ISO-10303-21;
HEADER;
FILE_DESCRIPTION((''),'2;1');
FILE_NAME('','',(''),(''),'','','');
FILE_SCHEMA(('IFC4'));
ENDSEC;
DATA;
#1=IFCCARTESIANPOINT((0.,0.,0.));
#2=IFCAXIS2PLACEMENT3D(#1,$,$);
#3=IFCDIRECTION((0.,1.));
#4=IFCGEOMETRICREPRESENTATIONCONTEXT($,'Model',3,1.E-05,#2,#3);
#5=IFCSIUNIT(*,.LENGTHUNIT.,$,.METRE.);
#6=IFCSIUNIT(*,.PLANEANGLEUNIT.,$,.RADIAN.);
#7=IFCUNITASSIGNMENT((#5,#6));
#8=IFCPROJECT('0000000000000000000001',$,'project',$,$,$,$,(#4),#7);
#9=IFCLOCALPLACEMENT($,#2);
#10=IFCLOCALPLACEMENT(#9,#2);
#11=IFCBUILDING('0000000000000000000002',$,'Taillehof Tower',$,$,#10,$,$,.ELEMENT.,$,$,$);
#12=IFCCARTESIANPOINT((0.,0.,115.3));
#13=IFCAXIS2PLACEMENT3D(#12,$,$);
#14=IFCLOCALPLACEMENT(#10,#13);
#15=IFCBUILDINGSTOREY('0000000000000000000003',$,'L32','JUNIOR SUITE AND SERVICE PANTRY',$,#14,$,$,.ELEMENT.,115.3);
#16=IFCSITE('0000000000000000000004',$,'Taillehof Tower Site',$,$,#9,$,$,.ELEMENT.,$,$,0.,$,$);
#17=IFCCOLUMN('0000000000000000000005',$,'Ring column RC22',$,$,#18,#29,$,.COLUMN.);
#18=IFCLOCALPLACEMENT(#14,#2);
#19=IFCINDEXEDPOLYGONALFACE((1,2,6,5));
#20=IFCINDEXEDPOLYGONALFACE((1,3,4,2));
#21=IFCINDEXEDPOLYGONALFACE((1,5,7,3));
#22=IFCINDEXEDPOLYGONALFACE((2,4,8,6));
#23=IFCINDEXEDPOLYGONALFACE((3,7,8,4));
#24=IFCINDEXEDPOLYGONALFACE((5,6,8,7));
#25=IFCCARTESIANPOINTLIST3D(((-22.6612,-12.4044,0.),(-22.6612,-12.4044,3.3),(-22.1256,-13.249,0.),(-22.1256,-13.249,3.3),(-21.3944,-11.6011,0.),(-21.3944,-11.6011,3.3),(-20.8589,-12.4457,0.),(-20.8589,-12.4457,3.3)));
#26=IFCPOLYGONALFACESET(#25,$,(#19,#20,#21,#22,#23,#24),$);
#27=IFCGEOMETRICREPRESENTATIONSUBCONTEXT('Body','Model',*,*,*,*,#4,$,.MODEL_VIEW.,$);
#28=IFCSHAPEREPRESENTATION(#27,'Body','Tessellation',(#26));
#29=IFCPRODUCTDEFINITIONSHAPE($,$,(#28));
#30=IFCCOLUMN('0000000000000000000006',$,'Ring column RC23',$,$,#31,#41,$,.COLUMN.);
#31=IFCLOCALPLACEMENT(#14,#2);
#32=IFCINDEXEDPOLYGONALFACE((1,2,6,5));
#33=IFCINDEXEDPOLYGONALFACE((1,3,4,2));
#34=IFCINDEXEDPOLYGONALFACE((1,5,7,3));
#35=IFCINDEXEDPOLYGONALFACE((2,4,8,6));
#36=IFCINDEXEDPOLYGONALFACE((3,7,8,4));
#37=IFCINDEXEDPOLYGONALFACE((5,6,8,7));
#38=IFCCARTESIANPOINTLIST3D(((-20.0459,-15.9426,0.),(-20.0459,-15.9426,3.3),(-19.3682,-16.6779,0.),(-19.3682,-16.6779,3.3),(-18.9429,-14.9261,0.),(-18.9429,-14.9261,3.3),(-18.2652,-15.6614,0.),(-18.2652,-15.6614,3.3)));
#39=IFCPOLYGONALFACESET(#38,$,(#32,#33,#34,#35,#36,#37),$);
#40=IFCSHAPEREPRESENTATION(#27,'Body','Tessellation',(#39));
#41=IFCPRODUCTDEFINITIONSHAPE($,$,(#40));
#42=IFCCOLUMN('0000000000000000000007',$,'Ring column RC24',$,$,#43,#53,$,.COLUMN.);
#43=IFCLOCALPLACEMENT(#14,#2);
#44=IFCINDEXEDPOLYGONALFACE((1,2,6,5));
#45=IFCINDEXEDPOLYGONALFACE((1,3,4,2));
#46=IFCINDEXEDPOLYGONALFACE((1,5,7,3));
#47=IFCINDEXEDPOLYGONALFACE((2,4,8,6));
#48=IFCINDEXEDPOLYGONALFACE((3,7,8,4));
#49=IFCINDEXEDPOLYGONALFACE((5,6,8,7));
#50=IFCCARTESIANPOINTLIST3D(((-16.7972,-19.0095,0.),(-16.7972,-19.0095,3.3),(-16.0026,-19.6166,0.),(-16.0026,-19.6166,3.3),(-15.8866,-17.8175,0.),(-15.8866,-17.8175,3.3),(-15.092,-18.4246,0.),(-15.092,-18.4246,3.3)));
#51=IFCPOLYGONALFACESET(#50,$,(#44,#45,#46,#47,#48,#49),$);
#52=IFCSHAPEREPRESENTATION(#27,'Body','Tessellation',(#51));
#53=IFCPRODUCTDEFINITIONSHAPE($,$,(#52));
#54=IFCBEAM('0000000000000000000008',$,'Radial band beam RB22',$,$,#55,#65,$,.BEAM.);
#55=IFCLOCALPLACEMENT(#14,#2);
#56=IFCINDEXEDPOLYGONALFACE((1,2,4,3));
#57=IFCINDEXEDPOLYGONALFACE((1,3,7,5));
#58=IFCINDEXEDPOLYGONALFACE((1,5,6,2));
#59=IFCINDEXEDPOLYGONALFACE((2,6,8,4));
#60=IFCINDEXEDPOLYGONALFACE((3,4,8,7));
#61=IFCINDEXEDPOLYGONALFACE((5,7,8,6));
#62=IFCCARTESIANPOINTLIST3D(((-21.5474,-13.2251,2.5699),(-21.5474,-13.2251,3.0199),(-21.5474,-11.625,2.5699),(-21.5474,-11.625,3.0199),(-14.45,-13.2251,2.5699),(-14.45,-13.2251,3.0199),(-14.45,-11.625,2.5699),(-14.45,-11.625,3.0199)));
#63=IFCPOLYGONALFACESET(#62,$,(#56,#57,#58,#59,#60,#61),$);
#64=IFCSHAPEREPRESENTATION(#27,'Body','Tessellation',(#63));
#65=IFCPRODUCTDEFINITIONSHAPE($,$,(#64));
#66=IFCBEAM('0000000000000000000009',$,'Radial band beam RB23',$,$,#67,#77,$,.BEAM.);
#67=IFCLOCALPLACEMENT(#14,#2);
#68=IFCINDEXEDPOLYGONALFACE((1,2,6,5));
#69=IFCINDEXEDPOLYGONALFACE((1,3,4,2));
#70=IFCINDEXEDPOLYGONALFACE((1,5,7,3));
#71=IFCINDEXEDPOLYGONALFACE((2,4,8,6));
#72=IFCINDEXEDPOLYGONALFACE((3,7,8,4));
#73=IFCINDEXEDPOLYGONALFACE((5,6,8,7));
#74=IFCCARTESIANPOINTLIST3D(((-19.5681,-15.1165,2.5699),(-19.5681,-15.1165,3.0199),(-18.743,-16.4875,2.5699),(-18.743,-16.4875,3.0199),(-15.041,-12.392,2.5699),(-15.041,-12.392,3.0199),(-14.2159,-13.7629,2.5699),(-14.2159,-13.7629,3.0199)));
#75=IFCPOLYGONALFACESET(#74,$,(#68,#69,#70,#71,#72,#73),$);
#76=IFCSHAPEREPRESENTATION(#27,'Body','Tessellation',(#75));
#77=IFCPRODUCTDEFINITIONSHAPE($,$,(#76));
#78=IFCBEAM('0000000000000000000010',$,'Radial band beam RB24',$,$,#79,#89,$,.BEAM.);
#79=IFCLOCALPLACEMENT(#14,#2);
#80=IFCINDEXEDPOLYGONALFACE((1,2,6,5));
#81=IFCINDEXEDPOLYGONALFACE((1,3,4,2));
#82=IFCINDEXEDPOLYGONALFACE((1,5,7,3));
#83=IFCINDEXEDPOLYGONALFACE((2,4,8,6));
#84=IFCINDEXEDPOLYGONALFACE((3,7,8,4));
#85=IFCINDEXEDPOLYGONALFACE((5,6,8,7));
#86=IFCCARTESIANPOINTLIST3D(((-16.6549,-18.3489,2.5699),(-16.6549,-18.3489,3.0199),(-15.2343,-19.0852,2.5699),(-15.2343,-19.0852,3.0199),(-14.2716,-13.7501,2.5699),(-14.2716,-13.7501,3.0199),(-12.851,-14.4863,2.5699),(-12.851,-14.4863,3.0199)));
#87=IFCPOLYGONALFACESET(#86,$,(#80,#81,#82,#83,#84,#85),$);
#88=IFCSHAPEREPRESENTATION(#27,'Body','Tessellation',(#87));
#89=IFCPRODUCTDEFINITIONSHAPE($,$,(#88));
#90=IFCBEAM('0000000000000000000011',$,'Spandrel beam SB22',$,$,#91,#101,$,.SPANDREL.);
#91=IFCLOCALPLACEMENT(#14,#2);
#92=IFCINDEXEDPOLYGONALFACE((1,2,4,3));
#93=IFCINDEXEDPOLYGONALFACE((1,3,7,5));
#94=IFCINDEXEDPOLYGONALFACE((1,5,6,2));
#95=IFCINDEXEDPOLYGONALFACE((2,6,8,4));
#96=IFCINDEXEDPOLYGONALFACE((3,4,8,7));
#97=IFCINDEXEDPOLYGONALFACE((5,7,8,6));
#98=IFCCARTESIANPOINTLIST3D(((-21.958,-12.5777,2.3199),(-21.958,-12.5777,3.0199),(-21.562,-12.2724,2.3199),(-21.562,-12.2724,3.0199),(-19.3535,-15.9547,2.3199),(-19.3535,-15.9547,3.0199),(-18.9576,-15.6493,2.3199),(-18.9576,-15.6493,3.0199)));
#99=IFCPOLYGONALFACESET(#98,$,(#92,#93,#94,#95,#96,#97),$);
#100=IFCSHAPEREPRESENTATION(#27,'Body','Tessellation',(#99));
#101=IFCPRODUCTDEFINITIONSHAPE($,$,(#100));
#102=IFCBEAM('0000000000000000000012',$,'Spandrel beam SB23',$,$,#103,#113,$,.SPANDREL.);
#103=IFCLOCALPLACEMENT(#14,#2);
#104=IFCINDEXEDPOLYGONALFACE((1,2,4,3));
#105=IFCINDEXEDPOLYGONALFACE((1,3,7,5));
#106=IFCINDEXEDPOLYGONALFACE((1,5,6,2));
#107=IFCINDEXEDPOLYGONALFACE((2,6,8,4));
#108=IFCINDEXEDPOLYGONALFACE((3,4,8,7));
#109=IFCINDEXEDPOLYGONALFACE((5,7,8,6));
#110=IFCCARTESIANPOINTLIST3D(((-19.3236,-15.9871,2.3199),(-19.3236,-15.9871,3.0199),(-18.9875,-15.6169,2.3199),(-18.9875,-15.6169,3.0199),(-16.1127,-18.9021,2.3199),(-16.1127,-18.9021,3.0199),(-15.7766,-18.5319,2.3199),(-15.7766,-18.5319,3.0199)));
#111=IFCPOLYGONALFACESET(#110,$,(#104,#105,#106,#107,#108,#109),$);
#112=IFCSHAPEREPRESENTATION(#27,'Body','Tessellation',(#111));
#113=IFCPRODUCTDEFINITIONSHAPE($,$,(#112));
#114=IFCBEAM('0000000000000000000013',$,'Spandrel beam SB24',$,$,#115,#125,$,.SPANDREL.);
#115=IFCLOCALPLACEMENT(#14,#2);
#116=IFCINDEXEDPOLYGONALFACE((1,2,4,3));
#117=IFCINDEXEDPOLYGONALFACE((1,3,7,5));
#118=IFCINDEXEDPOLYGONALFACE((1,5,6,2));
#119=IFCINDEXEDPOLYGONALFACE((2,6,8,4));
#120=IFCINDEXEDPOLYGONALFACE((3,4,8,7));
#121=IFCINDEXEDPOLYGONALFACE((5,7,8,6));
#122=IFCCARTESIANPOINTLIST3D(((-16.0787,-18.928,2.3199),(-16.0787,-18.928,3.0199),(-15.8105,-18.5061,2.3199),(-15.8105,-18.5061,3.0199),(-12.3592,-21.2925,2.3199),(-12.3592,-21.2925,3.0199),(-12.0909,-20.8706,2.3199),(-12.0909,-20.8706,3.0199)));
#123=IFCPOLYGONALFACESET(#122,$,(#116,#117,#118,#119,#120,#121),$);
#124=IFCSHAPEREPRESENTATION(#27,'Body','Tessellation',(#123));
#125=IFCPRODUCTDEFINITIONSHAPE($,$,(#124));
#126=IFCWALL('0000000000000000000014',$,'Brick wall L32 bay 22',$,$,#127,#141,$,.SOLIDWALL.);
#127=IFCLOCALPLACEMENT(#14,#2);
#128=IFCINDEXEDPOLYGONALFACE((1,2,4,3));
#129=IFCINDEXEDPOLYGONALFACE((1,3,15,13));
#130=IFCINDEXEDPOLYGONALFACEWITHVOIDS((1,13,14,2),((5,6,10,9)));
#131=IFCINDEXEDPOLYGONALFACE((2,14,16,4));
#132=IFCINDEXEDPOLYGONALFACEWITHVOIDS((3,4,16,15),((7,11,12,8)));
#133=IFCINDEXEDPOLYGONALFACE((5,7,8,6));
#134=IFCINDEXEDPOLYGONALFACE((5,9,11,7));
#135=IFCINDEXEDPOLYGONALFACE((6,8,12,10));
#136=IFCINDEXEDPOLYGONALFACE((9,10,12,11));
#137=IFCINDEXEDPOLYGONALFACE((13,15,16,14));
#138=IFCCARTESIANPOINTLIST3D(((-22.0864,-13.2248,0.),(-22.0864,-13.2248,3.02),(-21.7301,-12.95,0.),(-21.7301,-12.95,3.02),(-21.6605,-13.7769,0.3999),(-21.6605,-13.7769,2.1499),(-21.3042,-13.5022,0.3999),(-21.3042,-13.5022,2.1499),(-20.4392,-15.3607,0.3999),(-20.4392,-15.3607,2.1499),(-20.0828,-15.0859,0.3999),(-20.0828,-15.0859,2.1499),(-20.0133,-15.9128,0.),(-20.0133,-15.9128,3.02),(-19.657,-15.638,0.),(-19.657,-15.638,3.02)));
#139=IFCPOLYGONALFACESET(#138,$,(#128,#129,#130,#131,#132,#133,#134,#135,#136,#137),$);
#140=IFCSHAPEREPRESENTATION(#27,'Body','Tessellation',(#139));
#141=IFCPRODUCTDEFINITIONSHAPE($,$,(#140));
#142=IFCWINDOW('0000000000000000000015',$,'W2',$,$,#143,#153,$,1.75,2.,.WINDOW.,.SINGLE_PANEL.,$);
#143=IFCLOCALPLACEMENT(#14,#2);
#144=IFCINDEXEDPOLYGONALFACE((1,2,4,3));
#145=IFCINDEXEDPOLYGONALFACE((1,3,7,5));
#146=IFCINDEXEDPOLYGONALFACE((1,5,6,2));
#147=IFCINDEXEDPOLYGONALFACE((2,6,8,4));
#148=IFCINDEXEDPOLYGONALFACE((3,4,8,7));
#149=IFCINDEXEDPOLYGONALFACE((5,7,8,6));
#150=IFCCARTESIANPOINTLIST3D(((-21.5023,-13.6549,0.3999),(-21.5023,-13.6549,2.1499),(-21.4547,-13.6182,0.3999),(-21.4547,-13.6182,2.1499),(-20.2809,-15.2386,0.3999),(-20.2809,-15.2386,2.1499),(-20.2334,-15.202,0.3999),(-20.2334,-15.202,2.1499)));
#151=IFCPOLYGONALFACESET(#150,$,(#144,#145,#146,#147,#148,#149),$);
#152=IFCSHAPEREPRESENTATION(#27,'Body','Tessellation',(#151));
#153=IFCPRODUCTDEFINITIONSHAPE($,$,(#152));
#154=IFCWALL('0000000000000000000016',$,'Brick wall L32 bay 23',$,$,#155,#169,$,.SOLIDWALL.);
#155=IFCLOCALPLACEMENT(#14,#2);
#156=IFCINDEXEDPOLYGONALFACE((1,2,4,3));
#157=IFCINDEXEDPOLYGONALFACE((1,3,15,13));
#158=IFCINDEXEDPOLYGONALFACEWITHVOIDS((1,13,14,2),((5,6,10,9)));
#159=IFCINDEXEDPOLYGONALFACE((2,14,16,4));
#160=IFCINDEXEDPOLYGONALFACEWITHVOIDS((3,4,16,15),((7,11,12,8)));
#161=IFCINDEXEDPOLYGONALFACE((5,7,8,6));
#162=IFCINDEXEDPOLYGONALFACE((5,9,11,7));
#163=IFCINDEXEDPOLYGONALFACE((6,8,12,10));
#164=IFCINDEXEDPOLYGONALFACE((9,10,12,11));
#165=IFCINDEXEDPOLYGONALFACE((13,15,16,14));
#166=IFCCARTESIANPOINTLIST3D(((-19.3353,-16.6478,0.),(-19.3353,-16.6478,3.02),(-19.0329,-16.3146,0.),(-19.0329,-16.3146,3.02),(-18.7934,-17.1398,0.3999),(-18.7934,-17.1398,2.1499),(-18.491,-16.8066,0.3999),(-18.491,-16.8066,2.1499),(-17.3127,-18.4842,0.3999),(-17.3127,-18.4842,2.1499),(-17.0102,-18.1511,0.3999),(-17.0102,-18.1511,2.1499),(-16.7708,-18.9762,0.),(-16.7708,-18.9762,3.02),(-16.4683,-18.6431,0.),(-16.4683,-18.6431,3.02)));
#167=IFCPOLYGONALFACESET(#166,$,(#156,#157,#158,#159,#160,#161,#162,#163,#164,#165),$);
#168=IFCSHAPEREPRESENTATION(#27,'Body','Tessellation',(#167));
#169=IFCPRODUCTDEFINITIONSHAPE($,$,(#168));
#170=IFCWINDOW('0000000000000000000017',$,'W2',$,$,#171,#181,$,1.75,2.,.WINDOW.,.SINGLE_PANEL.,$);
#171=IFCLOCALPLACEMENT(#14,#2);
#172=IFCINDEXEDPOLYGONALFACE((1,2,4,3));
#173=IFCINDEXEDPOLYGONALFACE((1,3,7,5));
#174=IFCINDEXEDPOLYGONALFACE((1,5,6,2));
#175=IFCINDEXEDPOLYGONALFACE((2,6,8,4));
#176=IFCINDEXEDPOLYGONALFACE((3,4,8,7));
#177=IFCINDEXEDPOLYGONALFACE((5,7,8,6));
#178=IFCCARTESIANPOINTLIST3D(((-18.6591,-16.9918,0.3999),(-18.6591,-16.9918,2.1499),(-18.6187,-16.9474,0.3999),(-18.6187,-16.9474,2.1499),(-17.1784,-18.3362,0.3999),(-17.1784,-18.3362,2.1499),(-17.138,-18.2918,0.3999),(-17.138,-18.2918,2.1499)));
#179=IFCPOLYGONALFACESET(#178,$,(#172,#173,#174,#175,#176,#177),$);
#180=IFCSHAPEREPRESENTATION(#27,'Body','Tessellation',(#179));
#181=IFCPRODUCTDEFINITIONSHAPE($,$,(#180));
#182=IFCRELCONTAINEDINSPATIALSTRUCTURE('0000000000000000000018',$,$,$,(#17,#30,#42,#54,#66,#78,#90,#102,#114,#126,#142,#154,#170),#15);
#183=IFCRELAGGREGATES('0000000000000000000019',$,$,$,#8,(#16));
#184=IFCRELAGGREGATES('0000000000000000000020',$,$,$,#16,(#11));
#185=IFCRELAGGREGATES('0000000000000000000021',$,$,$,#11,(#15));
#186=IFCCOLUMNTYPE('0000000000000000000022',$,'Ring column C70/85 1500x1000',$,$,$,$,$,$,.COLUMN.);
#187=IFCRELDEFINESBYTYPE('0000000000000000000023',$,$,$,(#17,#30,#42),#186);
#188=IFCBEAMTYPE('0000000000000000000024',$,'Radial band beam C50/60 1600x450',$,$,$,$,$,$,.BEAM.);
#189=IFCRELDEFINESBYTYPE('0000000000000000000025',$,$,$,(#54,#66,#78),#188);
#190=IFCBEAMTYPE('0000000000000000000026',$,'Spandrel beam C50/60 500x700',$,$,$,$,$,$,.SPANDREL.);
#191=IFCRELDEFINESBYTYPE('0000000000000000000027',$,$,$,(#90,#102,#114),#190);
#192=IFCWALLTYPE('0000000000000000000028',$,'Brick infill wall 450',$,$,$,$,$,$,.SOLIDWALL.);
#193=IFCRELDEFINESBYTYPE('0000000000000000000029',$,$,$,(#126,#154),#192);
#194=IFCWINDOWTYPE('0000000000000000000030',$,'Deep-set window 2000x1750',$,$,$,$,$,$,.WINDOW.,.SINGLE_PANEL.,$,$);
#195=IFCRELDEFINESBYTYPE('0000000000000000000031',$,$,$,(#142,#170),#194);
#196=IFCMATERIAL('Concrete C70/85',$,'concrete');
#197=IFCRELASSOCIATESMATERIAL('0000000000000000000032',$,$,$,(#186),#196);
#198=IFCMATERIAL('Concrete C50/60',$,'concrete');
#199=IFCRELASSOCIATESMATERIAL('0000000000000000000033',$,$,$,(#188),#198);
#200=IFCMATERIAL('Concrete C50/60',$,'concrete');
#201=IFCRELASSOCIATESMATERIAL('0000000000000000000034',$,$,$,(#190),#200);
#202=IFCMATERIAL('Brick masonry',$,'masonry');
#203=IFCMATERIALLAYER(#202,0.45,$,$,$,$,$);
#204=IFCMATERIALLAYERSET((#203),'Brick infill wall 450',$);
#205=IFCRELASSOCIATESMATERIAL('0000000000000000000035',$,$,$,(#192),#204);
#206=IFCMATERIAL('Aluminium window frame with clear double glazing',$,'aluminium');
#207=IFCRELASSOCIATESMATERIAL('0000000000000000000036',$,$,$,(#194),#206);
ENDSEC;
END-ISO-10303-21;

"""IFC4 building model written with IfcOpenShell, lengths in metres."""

from ifc_helpers import new_model, si_unit, direction, frame, frame_2d, origin, origin_2d, place, context, subcontext, project, spatial, rectangle, extrude, material, layer, layer_set, material_profile, profile_set, type_object, element, fill, save


model = new_model("IFC4")

# Units and contexts
model_context = context("Model", 3, precision=1e-05, world=origin(), true_north=direction((0.0, 1.0)))
body_context = subcontext(model_context, "Body", "Model", "MODEL_VIEW")
ifc_project = project(units=[si_unit("LENGTHUNIT", "METRE"), si_unit("PLANEANGLEUNIT", "RADIAN")], contexts=[model_context])

# Site, building, storey
site_placement = place(None, origin())
site = spatial("IfcSite", under=ifc_project, at=site_placement, Name="Taillehof Tower Site", CompositionType="ELEMENT", RefElevation=0.0)
building_placement = place(site_placement, origin())
building = spatial("IfcBuilding", under=site, at=building_placement, Name="Taillehof Tower", CompositionType="ELEMENT")
storey_placement = place(building_placement, frame((0.0, 0.0, 115.3)))
storey = spatial("IfcBuildingStorey", under=building, at=storey_placement, Name="L32", Description="JUNIOR SUITE AND SERVICE PANTRY", CompositionType="ELEMENT", Elevation=115.3)

# Columns
ifc_material_1 = material(Name="Concrete C70/85", Category="concrete")
ifc_material_profile_1 = material_profile(ifc_material_1, rectangle(XDim=1.5, YDim=1.0, at=origin_2d()), Name="RC 1500x1000")
ifc_profile_set_1 = profile_set([ifc_material_profile_1], Name="Concrete C70/85")
column_type = type_object("IfcColumnType", Name="Ring column C70/85 1500x1000", PredefinedType="COLUMN", material=ifc_profile_set_1)
for number, where, z_axis, x_axis, name in (
    (1, (-21.76, -12.425, 0.0), (0.0, 0.0, 1.0), (-0.844511, -0.535537, 0.0), "Ring column RC22"),
    (2, (-19.1555, -15.802, 0.0), (0.0, 0.0, 1.0), (-0.735332, -0.677707, 0.0), "Ring column RC23"),
    (3, (-15.9446, -18.717, 0.0), (0.0, 0.0, 1.0), (-0.607074, -0.794645, 0.0), "Ring column RC24"),
):
    element("IfcColumn", number, at=place(storey_placement, frame(where, z_axis=z_axis, x_axis=x_axis)), inside=storey, type_object=column_type, Name=name, PredefinedType="COLUMN", context=body_context, shape_type="SweptSolid", body=[
        extrude(rectangle(XDim=1.5, YDim=1.0, at=origin_2d()), origin(), (0.0, 0.0, 1.0), 3.3),
    ])

# Beams
ifc_material_2 = material(Name="Concrete C50/60", Category="concrete")
ifc_material_profile_2 = material_profile(ifc_material_2, rectangle(XDim=1.6001, YDim=0.45, at=origin_2d()), Name="RC 1600x450")
ifc_profile_set_2 = profile_set([ifc_material_profile_2], Name="Concrete C50/60")
beam_type_1 = type_object("IfcBeamType", Name="Radial band beam C50/60 1600x450", PredefinedType="BEAM", material=ifc_profile_set_2)
beam_1_placement = place(storey_placement, frame((-21.5474, -12.425, 2.7949), z_axis=(1.0, 0.0, 0.0), x_axis=(0.0, 1.0, 0.0)))
element("IfcBeam", 4, at=beam_1_placement, inside=storey, type_object=beam_type_1, Name="Radial band beam RB22", PredefinedType="BEAM", context=body_context, shape_type="SweptSolid", body=[
    extrude(rectangle(XDim=1.6001, YDim=0.45, at=origin_2d()), origin(), (0.0, 0.0, 1.0), 7.0974),
])
beam_2_placement = place(storey_placement, frame((-19.1555, -15.802, 2.7949), z_axis=(0.856795, 0.515657, 0.0), x_axis=(-0.515657, 0.856795, 0.0)))
element("IfcBeam", 5, at=beam_2_placement, inside=storey, type_object=beam_type_1, Name="Radial band beam RB23", PredefinedType="BEAM", context=body_context, shape_type="SweptSolid", body=[
    extrude(rectangle(XDim=1.6001, YDim=0.45, at=origin_2d()), origin(), (0.0, 0.0, 1.0), 5.2837),
])
beam_3_placement = place(storey_placement, frame((-15.9446, -18.717, 2.7949), z_axis=(0.460119, 0.887857, 0.0), x_axis=(-0.887857, 0.460119, 0.0)))
element("IfcBeam", 6, at=beam_3_placement, inside=storey, type_object=beam_type_1, Name="Radial band beam RB24", PredefinedType="BEAM", context=body_context, shape_type="SweptSolid", body=[
    extrude(rectangle(XDim=1.6001, YDim=0.45, at=origin_2d()), origin(), (0.0, 0.0, 1.0), 5.1797),
])
ifc_material_3 = material(Name="Concrete C50/60", Category="concrete")
ifc_material_profile_3 = material_profile(ifc_material_3, rectangle(XDim=0.5, YDim=0.7, at=origin_2d()), Name="RC 500x700")
ifc_profile_set_3 = profile_set([ifc_material_profile_3], Name="Concrete C50/60")
beam_type_2 = type_object("IfcBeamType", Name="Spandrel beam C50/60 500x700", PredefinedType="SPANDREL", material=ifc_profile_set_3)
beam_4_placement = place(storey_placement, frame((-21.76, -12.425, 2.6699), z_axis=(0.610717, -0.791849, 0.0), x_axis=(0.791849, 0.610717, 0.0)))
element("IfcBeam", 7, at=beam_4_placement, inside=storey, type_object=beam_type_2, Name="Spandrel beam SB22", PredefinedType="SPANDREL", context=body_context, shape_type="SweptSolid", body=[
    extrude(rectangle(XDim=0.5, YDim=0.7, at=origin_2d()), origin(), (0.0, 0.0, 1.0), 4.2646),
])
beam_5_placement = place(storey_placement, frame((-19.1555, -15.802, 2.6699), z_axis=(0.740398, -0.672168, 0.0), x_axis=(0.672168, 0.740398, 0.0)))
element("IfcBeam", 8, at=beam_5_placement, inside=storey, type_object=beam_type_2, Name="Spandrel beam SB23", PredefinedType="SPANDREL", context=body_context, shape_type="SweptSolid", body=[
    extrude(rectangle(XDim=0.5, YDim=0.7, at=origin_2d()), origin(), (0.0, 0.0, 1.0), 4.3367),
])
beam_6_placement = place(storey_placement, frame((-15.9446, -18.717, 2.6699), z_axis=(0.843912, -0.536481, 0.0), x_axis=(0.536481, 0.843912, 0.0)))
element("IfcBeam", 9, at=beam_6_placement, inside=storey, type_object=beam_type_2, Name="Spandrel beam SB24", PredefinedType="SPANDREL", context=body_context, shape_type="SweptSolid", body=[
    extrude(rectangle(XDim=0.5, YDim=0.7, at=origin_2d()), origin(), (0.0, 0.0, 1.0), 4.4075),
])

# Walls, openings, windows
ifc_material_4 = material(Name="Brick masonry", Category="masonry")
ifc_layer_1 = layer(ifc_material_4, 0.45)
ifc_layer_set_1 = layer_set([ifc_layer_1], Name="Brick infill wall 450")
wall_type_1 = type_object("IfcWallType", Name="Brick infill wall 450", PredefinedType="SOLIDWALL", material=ifc_layer_set_1)
wall_1_placement = place(storey_placement, frame((-21.9082, -13.0874, 0.0), z_axis=(0.0, 0.0, 1.0), x_axis=(0.610694, -0.791867, 0.0)))
wall_1 = element("IfcWall", 10, at=wall_1_placement, inside=storey, type_object=wall_type_1, Name="Brick wall L32 bay 22", PredefinedType="SOLIDWALL", context=body_context, shape_type="SweptSolid", body=[
    extrude(rectangle(XDim=3.3945, YDim=0.45, at=frame_2d((1.6973, 0.0))), origin(), (0.0, 0.0, 1.0), 3.02),
])
opening_1_placement = place(wall_1_placement, frame((0.6973, 0.0, 0.3999)))
opening_1 = element("IfcOpeningElement", 11, at=opening_1_placement, cuts=wall_1, PredefinedType="OPENING", context=body_context, shape_type="SweptSolid", body=[
    extrude(rectangle(XDim=2.0, YDim=1.75, at=frame_2d((1.0, 0.875))), frame((0.0, 0.2349, 0.0), z_axis=(0.0, -1.0, 0.0), x_axis=(1.0, 0.0, 0.0)), (0.0, 0.0, 1.0), 0.47),
])
ifc_material_5 = material(Name="Aluminium window frame with clear double glazing", Category="aluminium")
window_type = type_object("IfcWindowType", Name="Deep-set window 2000x1750", PartitioningType="SINGLE_PANEL", PredefinedType="WINDOW", material=ifc_material_5)
window_1_placement = place(opening_1_placement, origin())
window_1 = element("IfcWindow", 12, at=window_1_placement, inside=storey, type_object=window_type, Name="W2", OverallHeight=1.75, OverallWidth=2.0, PartitioningType="SINGLE_PANEL", PredefinedType="WINDOW", context=body_context, shape_type="SweptSolid", body=[
    extrude(rectangle(XDim=2.0, YDim=1.75, at=frame_2d((1.0, 0.875))), frame((0.0, 0.0349, 0.0), z_axis=(0.0, -1.0, 0.0), x_axis=(1.0, 0.0, 0.0)), (0.0, 0.0, 1.0), 0.0601),
])
fill(opening_1, window_1)
wall_2_placement = place(storey_placement, frame((-19.1841, -16.4812, 0.0), z_axis=(0.0, 0.0, 1.0), x_axis=(0.740364, -0.672206, 0.0)))
wall_2 = element("IfcWall", 13, at=wall_2_placement, inside=storey, type_object=wall_type_1, Name="Brick wall L32 bay 23", PredefinedType="SOLIDWALL", context=body_context, shape_type="SweptSolid", body=[
    extrude(rectangle(XDim=3.4639, YDim=0.45, at=frame_2d((1.7319, 0.0))), origin(), (0.0, 0.0, 1.0), 3.02),
])
opening_2_placement = place(wall_2_placement, frame((0.7319, 0.0, 0.3999)))
opening_2 = element("IfcOpeningElement", 14, at=opening_2_placement, cuts=wall_2, PredefinedType="OPENING", context=body_context, shape_type="SweptSolid", body=[
    extrude(rectangle(XDim=2.0, YDim=1.75, at=frame_2d((1.0, 0.875))), frame((0.0, 0.2349, 0.0), z_axis=(0.0, -1.0, 0.0), x_axis=(1.0, 0.0, 0.0)), (0.0, 0.0, 1.0), 0.47),
])
window_2_placement = place(opening_2_placement, origin())
window_2 = element("IfcWindow", 15, at=window_2_placement, inside=storey, type_object=window_type, Name="W2", OverallHeight=1.75, OverallWidth=2.0, PartitioningType="SINGLE_PANEL", PredefinedType="WINDOW", context=body_context, shape_type="SweptSolid", body=[
    extrude(rectangle(XDim=2.0, YDim=1.75, at=frame_2d((1.0, 0.875))), frame((0.0, 0.0349, 0.0), z_axis=(0.0, -1.0, 0.0), x_axis=(1.0, 0.0, 0.0)), (0.0, 0.0, 1.0), 0.0601),
])
fill(opening_2, window_2)

save(model, "model.ifc")
